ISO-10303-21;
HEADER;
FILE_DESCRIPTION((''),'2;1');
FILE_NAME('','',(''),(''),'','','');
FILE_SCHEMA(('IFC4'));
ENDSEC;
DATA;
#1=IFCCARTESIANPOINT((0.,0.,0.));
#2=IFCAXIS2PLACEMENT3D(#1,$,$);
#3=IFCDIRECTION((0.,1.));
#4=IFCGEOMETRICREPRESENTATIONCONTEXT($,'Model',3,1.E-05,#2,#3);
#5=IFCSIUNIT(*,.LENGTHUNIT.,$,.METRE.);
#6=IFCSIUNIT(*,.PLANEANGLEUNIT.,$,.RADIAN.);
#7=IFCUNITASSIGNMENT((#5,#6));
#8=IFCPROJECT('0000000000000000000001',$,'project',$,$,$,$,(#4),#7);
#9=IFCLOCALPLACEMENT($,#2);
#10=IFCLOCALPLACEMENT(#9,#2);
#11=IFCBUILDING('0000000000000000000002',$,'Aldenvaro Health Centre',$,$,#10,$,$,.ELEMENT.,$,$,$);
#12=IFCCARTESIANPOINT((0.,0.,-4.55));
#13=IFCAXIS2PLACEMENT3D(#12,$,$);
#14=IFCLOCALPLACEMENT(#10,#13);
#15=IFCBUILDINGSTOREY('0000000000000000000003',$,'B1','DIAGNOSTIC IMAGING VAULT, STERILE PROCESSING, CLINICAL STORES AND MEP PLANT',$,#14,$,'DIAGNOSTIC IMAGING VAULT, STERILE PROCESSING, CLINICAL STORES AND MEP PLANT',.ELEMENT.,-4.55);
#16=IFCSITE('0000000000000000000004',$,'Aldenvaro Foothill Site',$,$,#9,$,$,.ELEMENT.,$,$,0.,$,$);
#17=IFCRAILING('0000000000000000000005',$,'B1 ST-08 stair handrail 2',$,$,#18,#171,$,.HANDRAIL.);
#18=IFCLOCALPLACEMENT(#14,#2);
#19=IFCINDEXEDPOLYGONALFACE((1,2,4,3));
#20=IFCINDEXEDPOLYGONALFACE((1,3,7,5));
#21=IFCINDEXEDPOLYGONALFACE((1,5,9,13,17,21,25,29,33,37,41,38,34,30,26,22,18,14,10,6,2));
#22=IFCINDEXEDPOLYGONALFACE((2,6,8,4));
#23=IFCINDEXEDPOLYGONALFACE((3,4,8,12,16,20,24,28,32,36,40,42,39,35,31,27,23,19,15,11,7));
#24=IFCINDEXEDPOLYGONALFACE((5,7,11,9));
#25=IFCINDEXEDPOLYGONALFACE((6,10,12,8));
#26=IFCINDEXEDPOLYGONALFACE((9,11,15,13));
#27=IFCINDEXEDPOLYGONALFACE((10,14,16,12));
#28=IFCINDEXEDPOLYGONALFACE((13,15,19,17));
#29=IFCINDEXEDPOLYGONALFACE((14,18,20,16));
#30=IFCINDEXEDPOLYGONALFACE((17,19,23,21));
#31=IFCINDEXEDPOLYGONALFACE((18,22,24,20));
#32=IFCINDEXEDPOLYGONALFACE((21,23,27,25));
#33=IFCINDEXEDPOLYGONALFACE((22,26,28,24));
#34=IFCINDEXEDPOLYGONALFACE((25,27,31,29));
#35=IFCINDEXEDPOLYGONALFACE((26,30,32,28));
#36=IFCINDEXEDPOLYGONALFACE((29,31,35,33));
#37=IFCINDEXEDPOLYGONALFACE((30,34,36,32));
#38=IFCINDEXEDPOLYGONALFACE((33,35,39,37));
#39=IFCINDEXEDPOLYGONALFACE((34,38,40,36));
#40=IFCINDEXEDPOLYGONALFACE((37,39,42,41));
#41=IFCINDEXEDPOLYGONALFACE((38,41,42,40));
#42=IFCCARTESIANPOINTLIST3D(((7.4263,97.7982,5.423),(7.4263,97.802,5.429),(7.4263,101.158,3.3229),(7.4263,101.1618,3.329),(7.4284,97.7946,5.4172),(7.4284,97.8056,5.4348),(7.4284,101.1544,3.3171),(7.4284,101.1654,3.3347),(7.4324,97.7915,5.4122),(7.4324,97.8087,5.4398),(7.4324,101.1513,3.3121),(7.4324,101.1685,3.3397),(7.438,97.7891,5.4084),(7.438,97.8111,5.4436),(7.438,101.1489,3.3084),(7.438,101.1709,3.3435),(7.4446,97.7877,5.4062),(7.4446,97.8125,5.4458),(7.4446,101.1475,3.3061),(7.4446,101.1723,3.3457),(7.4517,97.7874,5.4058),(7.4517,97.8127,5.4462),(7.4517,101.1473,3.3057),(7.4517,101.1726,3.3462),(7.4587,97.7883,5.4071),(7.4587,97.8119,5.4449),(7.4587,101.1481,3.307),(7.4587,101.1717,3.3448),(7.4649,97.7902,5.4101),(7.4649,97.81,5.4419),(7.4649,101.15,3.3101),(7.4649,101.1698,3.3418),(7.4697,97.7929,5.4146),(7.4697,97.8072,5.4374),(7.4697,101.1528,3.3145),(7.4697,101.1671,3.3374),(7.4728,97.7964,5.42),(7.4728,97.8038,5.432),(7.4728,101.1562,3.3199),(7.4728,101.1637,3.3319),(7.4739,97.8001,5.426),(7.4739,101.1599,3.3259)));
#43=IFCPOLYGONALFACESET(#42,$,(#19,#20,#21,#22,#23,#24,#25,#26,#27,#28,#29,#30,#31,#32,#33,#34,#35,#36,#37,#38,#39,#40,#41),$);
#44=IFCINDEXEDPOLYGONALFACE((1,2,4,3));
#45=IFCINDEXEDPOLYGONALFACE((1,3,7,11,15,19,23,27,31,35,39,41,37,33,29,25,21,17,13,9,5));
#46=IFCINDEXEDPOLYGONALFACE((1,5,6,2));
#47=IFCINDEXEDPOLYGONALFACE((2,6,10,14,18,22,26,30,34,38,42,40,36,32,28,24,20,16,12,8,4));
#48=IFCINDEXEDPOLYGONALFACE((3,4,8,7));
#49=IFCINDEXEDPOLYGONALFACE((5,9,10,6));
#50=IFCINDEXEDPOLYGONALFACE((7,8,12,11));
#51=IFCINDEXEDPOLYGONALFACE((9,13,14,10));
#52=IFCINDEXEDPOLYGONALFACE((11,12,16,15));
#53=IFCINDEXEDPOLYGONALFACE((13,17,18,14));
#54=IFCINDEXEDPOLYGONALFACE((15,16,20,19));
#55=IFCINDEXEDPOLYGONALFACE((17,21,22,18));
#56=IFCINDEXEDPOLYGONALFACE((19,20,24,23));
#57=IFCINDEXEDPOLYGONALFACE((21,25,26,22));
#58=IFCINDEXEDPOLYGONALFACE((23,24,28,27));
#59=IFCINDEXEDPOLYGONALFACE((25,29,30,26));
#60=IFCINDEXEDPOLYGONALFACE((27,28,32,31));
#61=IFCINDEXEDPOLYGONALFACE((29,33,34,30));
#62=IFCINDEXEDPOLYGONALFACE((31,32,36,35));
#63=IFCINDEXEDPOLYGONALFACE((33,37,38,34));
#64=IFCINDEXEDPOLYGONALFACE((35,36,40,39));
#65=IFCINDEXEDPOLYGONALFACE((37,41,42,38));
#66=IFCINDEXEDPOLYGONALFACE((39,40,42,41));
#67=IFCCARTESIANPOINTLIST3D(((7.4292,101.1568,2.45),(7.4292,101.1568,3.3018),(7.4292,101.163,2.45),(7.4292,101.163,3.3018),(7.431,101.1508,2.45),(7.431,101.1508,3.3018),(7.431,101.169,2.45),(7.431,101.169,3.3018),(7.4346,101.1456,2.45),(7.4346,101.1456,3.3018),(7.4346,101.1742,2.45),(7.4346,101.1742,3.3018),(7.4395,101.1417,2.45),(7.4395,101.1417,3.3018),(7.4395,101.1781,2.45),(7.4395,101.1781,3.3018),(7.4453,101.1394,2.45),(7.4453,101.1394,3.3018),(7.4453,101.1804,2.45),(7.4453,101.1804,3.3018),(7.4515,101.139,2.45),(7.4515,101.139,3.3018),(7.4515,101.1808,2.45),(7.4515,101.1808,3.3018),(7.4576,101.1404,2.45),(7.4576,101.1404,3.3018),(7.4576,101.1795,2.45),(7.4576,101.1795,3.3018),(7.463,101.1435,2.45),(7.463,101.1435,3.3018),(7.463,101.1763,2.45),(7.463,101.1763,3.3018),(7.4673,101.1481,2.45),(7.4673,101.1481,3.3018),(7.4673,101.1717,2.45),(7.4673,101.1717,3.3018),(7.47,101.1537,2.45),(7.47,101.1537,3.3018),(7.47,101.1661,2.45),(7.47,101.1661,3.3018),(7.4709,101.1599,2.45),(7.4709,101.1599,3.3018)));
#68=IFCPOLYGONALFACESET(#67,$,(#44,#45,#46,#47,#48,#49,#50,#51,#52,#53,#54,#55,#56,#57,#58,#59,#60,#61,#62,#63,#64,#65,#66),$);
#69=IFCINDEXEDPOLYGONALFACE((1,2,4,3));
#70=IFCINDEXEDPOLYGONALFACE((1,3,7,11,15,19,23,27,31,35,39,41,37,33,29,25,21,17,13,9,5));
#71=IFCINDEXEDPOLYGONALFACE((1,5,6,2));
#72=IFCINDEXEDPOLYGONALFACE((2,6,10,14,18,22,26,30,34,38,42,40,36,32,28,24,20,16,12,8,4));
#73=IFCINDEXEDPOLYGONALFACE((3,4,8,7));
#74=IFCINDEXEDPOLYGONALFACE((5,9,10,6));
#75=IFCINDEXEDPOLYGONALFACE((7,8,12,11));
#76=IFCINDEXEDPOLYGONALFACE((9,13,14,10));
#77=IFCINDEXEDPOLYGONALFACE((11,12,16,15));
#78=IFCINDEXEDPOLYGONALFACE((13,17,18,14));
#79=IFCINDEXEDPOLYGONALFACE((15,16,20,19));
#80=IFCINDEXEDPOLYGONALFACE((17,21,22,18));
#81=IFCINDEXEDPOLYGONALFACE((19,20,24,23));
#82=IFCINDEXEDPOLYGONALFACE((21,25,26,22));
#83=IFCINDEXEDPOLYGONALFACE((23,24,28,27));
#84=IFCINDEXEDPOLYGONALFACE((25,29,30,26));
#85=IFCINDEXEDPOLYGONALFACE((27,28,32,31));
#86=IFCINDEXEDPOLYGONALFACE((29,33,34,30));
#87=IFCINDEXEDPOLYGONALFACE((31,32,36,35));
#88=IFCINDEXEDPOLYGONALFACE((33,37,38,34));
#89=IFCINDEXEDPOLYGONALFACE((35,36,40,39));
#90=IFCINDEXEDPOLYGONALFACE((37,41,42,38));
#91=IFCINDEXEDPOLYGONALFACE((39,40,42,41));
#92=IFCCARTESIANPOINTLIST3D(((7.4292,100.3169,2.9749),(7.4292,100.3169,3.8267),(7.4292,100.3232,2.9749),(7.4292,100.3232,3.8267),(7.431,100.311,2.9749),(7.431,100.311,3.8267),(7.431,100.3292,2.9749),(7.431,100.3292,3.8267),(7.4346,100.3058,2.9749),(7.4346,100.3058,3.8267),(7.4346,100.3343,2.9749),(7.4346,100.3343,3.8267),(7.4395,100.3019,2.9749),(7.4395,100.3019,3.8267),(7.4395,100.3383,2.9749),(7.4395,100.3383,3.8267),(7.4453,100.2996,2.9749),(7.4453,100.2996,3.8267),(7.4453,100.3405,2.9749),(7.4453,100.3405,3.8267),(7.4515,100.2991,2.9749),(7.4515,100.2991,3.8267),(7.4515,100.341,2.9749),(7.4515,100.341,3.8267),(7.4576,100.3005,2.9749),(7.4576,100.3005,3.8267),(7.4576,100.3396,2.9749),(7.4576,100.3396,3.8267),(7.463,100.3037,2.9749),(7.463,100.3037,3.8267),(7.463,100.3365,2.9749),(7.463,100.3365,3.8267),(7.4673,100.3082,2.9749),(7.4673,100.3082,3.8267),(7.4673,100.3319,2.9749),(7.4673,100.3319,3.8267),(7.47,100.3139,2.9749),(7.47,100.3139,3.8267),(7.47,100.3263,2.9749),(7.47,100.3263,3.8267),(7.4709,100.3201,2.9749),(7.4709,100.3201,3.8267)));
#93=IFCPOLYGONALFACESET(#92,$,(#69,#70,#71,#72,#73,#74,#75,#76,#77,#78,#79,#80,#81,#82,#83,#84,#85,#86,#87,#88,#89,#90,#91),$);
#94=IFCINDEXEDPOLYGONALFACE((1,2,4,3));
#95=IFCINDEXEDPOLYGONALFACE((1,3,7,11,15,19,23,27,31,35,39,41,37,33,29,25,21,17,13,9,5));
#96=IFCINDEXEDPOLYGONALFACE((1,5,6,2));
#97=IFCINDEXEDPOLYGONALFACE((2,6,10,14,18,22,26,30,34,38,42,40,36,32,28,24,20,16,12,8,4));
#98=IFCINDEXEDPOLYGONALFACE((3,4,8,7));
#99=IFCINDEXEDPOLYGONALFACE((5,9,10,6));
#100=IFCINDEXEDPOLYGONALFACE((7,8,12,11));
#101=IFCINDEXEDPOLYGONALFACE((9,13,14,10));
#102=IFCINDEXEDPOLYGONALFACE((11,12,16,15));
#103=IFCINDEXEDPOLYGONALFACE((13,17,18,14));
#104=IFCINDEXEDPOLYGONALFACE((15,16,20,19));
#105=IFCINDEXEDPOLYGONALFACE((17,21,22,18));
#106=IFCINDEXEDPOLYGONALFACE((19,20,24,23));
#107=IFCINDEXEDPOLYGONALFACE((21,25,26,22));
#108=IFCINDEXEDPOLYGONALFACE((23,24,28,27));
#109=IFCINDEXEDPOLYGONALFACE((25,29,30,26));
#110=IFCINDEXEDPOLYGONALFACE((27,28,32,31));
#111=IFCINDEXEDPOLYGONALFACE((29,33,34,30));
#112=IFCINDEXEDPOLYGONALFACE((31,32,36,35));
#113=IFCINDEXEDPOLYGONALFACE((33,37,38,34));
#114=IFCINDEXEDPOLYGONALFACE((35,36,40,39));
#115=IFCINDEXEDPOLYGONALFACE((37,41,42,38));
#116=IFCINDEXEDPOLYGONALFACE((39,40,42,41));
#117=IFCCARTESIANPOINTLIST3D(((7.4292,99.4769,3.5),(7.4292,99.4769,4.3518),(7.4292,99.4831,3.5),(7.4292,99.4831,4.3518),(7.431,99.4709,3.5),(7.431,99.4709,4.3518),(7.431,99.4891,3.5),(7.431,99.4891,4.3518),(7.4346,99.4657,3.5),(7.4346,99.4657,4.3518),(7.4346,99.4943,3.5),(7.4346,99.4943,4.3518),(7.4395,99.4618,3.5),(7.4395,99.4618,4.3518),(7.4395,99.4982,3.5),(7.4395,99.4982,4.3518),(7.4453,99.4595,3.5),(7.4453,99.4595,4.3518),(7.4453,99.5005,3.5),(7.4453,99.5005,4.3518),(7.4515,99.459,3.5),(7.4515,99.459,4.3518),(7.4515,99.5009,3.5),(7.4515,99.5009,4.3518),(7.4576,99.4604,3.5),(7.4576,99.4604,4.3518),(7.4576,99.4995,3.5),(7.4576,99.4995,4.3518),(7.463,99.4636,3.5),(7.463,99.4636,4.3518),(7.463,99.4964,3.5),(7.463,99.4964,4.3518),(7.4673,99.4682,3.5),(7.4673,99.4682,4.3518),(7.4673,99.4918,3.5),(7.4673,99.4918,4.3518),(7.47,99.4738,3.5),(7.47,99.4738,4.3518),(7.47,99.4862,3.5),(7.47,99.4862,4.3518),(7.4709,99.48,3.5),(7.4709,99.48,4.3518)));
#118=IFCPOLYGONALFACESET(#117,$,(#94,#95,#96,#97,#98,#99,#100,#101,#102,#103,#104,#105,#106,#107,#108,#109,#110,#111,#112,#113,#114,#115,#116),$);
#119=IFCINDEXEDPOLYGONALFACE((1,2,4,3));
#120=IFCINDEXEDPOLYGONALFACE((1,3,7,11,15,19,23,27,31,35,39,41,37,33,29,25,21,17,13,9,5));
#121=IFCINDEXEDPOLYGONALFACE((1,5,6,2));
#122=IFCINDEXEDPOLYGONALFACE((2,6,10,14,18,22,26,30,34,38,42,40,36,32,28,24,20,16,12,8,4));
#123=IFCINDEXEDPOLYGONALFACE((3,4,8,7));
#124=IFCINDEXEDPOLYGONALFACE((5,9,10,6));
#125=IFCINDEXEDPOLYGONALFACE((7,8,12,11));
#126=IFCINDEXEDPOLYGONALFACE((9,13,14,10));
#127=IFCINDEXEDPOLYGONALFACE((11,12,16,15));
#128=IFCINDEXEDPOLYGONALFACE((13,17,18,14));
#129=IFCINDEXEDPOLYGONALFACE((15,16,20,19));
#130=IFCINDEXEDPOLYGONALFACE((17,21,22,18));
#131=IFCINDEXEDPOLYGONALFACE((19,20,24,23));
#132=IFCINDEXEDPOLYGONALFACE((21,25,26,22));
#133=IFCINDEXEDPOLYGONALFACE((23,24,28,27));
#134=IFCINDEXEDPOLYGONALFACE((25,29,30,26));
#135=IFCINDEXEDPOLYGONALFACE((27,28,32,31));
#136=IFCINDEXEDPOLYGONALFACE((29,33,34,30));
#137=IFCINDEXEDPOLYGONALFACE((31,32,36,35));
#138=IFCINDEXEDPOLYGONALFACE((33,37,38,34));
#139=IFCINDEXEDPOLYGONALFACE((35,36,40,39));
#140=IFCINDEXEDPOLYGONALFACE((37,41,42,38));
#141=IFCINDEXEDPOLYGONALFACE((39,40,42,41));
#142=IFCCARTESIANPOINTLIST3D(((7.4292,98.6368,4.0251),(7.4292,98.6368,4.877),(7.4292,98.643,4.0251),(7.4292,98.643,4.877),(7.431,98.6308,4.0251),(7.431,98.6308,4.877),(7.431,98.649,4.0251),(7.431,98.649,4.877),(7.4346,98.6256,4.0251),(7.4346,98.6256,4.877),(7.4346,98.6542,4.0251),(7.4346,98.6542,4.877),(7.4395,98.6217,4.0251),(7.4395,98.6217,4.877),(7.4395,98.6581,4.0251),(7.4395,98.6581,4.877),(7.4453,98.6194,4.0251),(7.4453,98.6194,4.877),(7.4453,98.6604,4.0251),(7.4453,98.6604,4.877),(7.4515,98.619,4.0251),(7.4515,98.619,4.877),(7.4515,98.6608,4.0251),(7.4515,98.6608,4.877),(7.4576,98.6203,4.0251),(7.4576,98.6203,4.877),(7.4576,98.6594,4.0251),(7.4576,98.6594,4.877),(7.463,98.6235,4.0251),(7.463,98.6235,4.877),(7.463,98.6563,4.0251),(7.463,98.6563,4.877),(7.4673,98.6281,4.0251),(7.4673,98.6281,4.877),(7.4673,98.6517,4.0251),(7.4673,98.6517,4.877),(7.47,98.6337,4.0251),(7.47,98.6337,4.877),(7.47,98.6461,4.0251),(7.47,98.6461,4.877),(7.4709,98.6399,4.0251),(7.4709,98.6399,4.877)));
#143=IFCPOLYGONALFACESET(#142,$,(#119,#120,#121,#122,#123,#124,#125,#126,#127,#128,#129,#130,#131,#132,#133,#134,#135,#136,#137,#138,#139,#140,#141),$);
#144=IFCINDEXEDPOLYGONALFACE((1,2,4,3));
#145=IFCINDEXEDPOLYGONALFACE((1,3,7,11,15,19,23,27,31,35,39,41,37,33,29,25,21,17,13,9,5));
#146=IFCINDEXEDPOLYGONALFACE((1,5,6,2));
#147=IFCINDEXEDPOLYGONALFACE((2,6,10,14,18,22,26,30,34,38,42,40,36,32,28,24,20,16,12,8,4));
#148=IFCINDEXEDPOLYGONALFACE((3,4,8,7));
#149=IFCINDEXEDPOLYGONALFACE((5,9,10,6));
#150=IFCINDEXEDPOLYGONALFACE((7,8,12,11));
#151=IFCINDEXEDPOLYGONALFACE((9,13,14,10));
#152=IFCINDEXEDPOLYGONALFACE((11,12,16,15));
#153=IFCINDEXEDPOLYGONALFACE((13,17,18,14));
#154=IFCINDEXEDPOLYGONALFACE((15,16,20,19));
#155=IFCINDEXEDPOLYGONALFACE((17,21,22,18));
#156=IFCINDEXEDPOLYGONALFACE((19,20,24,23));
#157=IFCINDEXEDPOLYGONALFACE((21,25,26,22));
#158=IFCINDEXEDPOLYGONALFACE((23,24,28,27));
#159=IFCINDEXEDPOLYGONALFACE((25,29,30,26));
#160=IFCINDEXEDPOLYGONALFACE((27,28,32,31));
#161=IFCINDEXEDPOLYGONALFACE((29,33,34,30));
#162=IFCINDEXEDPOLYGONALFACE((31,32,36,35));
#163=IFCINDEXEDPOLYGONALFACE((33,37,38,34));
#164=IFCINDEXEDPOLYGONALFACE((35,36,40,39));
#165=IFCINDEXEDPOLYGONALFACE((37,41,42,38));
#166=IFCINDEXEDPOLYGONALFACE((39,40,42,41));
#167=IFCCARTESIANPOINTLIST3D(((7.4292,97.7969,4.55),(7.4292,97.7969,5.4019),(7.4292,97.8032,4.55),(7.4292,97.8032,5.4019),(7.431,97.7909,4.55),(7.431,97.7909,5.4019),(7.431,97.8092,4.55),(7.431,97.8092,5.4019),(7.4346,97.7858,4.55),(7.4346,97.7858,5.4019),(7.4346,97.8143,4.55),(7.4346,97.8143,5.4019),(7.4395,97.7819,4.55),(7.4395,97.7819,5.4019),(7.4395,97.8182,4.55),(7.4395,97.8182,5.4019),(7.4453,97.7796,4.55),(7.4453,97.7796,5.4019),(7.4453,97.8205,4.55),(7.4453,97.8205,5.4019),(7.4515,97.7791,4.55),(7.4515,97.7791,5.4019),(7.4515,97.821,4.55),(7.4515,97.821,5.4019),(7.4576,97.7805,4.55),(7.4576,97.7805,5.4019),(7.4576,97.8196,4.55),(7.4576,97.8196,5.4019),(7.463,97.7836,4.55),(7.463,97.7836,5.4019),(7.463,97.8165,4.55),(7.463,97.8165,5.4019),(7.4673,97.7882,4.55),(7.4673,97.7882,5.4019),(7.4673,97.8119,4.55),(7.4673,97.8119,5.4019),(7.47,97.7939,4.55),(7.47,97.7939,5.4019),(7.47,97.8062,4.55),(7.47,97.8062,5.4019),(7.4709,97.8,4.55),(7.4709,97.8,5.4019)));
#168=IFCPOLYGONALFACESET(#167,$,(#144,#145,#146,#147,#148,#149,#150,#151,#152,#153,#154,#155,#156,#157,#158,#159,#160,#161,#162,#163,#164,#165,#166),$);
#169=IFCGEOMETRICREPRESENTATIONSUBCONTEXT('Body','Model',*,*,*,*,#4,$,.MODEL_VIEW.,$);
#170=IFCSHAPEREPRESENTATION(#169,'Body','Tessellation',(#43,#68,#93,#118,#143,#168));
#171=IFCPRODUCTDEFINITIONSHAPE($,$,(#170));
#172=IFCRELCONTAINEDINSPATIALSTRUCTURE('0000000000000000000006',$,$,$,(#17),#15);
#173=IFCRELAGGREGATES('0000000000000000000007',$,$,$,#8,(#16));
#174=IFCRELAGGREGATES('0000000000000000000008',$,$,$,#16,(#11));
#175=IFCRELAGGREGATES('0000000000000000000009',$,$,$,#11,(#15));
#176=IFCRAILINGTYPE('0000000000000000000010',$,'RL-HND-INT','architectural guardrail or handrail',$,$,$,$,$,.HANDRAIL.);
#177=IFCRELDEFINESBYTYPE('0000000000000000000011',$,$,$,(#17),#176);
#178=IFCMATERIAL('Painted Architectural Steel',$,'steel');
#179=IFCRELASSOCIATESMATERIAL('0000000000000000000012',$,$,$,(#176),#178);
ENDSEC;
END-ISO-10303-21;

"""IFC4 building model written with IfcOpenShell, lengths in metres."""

from ifc_helpers import new_model, si_unit, direction, frame, origin, origin_2d, place, context, subcontext, project, spatial, circle, extrude, material, type_object, element, save


model = new_model("IFC4")

# Units and contexts
model_context = context("Model", 3, precision=1e-05, world=origin(), true_north=direction((0.0, 1.0)))
body_context = subcontext(model_context, "Body", "Model", "MODEL_VIEW")
ifc_project = project(units=[si_unit("LENGTHUNIT", "METRE"), si_unit("PLANEANGLEUNIT", "RADIAN")], contexts=[model_context])

# Site, building, storey
site_placement = place(None, origin())
site = spatial("IfcSite", under=ifc_project, at=site_placement, Name="Aldenvaro Foothill Site", CompositionType="ELEMENT", RefElevation=0.0)
building_placement = place(site_placement, origin())
building = spatial("IfcBuilding", under=site, at=building_placement, Name="Aldenvaro Health Centre", CompositionType="ELEMENT")
storey_placement = place(building_placement, frame((0.0, 0.0, -4.55)))
storey = spatial("IfcBuildingStorey", under=building, at=storey_placement, Name="B1", Description="DIAGNOSTIC IMAGING VAULT, STERILE PROCESSING, CLINICAL STORES AND MEP PLANT", LongName="DIAGNOSTIC IMAGING VAULT, STERILE PROCESSING, CLINICAL STORES AND MEP PLANT", CompositionType="ELEMENT", Elevation=-4.55)

# Railing
ifc_material_1 = material(Name="Painted Architectural Steel", Category="steel")
railing_type = type_object("IfcRailingType", Name="RL-HND-INT", Description="architectural guardrail or handrail", PredefinedType="HANDRAIL", material=ifc_material_1)
railing_placement = place(storey_placement, frame((7.45, 101.1599, 2.45)))
element("IfcRailing", 1, at=railing_placement, inside=storey, type_object=railing_type, Name="B1 ST-08 stair handrail 2", PredefinedType="HANDRAIL", context=body_context, shape_type="SweptSolid", body=[
    extrude(circle(Radius=0.0239, at=origin_2d()), frame((0.0, 0.0, 0.876), z_axis=(0.0, -0.847978, 0.530032), x_axis=(1.0, 0.0, 0.0)), (0.0, 0.0, 1.0), 3.9622),
    extrude(circle(Radius=0.021, at=origin_2d()), origin(), (0.0, 0.0, 1.0), 0.8518),
    extrude(circle(Radius=0.021, at=origin_2d()), frame((0.0, -0.8398, 0.5249)), (0.0, 0.0, 1.0), 0.8518),
    extrude(circle(Radius=0.021, at=origin_2d()), frame((0.0, -1.6799, 1.05)), (0.0, 0.0, 1.0), 0.8518),
    extrude(circle(Radius=0.021, at=origin_2d()), frame((0.0, -2.52, 1.5752)), (0.0, 0.0, 1.0), 0.8518),
    extrude(circle(Radius=0.021, at=origin_2d()), frame((0.0, -3.3599, 2.1001)), (0.0, 0.0, 1.0), 0.8518),
])

save(model, "model.ifc")
